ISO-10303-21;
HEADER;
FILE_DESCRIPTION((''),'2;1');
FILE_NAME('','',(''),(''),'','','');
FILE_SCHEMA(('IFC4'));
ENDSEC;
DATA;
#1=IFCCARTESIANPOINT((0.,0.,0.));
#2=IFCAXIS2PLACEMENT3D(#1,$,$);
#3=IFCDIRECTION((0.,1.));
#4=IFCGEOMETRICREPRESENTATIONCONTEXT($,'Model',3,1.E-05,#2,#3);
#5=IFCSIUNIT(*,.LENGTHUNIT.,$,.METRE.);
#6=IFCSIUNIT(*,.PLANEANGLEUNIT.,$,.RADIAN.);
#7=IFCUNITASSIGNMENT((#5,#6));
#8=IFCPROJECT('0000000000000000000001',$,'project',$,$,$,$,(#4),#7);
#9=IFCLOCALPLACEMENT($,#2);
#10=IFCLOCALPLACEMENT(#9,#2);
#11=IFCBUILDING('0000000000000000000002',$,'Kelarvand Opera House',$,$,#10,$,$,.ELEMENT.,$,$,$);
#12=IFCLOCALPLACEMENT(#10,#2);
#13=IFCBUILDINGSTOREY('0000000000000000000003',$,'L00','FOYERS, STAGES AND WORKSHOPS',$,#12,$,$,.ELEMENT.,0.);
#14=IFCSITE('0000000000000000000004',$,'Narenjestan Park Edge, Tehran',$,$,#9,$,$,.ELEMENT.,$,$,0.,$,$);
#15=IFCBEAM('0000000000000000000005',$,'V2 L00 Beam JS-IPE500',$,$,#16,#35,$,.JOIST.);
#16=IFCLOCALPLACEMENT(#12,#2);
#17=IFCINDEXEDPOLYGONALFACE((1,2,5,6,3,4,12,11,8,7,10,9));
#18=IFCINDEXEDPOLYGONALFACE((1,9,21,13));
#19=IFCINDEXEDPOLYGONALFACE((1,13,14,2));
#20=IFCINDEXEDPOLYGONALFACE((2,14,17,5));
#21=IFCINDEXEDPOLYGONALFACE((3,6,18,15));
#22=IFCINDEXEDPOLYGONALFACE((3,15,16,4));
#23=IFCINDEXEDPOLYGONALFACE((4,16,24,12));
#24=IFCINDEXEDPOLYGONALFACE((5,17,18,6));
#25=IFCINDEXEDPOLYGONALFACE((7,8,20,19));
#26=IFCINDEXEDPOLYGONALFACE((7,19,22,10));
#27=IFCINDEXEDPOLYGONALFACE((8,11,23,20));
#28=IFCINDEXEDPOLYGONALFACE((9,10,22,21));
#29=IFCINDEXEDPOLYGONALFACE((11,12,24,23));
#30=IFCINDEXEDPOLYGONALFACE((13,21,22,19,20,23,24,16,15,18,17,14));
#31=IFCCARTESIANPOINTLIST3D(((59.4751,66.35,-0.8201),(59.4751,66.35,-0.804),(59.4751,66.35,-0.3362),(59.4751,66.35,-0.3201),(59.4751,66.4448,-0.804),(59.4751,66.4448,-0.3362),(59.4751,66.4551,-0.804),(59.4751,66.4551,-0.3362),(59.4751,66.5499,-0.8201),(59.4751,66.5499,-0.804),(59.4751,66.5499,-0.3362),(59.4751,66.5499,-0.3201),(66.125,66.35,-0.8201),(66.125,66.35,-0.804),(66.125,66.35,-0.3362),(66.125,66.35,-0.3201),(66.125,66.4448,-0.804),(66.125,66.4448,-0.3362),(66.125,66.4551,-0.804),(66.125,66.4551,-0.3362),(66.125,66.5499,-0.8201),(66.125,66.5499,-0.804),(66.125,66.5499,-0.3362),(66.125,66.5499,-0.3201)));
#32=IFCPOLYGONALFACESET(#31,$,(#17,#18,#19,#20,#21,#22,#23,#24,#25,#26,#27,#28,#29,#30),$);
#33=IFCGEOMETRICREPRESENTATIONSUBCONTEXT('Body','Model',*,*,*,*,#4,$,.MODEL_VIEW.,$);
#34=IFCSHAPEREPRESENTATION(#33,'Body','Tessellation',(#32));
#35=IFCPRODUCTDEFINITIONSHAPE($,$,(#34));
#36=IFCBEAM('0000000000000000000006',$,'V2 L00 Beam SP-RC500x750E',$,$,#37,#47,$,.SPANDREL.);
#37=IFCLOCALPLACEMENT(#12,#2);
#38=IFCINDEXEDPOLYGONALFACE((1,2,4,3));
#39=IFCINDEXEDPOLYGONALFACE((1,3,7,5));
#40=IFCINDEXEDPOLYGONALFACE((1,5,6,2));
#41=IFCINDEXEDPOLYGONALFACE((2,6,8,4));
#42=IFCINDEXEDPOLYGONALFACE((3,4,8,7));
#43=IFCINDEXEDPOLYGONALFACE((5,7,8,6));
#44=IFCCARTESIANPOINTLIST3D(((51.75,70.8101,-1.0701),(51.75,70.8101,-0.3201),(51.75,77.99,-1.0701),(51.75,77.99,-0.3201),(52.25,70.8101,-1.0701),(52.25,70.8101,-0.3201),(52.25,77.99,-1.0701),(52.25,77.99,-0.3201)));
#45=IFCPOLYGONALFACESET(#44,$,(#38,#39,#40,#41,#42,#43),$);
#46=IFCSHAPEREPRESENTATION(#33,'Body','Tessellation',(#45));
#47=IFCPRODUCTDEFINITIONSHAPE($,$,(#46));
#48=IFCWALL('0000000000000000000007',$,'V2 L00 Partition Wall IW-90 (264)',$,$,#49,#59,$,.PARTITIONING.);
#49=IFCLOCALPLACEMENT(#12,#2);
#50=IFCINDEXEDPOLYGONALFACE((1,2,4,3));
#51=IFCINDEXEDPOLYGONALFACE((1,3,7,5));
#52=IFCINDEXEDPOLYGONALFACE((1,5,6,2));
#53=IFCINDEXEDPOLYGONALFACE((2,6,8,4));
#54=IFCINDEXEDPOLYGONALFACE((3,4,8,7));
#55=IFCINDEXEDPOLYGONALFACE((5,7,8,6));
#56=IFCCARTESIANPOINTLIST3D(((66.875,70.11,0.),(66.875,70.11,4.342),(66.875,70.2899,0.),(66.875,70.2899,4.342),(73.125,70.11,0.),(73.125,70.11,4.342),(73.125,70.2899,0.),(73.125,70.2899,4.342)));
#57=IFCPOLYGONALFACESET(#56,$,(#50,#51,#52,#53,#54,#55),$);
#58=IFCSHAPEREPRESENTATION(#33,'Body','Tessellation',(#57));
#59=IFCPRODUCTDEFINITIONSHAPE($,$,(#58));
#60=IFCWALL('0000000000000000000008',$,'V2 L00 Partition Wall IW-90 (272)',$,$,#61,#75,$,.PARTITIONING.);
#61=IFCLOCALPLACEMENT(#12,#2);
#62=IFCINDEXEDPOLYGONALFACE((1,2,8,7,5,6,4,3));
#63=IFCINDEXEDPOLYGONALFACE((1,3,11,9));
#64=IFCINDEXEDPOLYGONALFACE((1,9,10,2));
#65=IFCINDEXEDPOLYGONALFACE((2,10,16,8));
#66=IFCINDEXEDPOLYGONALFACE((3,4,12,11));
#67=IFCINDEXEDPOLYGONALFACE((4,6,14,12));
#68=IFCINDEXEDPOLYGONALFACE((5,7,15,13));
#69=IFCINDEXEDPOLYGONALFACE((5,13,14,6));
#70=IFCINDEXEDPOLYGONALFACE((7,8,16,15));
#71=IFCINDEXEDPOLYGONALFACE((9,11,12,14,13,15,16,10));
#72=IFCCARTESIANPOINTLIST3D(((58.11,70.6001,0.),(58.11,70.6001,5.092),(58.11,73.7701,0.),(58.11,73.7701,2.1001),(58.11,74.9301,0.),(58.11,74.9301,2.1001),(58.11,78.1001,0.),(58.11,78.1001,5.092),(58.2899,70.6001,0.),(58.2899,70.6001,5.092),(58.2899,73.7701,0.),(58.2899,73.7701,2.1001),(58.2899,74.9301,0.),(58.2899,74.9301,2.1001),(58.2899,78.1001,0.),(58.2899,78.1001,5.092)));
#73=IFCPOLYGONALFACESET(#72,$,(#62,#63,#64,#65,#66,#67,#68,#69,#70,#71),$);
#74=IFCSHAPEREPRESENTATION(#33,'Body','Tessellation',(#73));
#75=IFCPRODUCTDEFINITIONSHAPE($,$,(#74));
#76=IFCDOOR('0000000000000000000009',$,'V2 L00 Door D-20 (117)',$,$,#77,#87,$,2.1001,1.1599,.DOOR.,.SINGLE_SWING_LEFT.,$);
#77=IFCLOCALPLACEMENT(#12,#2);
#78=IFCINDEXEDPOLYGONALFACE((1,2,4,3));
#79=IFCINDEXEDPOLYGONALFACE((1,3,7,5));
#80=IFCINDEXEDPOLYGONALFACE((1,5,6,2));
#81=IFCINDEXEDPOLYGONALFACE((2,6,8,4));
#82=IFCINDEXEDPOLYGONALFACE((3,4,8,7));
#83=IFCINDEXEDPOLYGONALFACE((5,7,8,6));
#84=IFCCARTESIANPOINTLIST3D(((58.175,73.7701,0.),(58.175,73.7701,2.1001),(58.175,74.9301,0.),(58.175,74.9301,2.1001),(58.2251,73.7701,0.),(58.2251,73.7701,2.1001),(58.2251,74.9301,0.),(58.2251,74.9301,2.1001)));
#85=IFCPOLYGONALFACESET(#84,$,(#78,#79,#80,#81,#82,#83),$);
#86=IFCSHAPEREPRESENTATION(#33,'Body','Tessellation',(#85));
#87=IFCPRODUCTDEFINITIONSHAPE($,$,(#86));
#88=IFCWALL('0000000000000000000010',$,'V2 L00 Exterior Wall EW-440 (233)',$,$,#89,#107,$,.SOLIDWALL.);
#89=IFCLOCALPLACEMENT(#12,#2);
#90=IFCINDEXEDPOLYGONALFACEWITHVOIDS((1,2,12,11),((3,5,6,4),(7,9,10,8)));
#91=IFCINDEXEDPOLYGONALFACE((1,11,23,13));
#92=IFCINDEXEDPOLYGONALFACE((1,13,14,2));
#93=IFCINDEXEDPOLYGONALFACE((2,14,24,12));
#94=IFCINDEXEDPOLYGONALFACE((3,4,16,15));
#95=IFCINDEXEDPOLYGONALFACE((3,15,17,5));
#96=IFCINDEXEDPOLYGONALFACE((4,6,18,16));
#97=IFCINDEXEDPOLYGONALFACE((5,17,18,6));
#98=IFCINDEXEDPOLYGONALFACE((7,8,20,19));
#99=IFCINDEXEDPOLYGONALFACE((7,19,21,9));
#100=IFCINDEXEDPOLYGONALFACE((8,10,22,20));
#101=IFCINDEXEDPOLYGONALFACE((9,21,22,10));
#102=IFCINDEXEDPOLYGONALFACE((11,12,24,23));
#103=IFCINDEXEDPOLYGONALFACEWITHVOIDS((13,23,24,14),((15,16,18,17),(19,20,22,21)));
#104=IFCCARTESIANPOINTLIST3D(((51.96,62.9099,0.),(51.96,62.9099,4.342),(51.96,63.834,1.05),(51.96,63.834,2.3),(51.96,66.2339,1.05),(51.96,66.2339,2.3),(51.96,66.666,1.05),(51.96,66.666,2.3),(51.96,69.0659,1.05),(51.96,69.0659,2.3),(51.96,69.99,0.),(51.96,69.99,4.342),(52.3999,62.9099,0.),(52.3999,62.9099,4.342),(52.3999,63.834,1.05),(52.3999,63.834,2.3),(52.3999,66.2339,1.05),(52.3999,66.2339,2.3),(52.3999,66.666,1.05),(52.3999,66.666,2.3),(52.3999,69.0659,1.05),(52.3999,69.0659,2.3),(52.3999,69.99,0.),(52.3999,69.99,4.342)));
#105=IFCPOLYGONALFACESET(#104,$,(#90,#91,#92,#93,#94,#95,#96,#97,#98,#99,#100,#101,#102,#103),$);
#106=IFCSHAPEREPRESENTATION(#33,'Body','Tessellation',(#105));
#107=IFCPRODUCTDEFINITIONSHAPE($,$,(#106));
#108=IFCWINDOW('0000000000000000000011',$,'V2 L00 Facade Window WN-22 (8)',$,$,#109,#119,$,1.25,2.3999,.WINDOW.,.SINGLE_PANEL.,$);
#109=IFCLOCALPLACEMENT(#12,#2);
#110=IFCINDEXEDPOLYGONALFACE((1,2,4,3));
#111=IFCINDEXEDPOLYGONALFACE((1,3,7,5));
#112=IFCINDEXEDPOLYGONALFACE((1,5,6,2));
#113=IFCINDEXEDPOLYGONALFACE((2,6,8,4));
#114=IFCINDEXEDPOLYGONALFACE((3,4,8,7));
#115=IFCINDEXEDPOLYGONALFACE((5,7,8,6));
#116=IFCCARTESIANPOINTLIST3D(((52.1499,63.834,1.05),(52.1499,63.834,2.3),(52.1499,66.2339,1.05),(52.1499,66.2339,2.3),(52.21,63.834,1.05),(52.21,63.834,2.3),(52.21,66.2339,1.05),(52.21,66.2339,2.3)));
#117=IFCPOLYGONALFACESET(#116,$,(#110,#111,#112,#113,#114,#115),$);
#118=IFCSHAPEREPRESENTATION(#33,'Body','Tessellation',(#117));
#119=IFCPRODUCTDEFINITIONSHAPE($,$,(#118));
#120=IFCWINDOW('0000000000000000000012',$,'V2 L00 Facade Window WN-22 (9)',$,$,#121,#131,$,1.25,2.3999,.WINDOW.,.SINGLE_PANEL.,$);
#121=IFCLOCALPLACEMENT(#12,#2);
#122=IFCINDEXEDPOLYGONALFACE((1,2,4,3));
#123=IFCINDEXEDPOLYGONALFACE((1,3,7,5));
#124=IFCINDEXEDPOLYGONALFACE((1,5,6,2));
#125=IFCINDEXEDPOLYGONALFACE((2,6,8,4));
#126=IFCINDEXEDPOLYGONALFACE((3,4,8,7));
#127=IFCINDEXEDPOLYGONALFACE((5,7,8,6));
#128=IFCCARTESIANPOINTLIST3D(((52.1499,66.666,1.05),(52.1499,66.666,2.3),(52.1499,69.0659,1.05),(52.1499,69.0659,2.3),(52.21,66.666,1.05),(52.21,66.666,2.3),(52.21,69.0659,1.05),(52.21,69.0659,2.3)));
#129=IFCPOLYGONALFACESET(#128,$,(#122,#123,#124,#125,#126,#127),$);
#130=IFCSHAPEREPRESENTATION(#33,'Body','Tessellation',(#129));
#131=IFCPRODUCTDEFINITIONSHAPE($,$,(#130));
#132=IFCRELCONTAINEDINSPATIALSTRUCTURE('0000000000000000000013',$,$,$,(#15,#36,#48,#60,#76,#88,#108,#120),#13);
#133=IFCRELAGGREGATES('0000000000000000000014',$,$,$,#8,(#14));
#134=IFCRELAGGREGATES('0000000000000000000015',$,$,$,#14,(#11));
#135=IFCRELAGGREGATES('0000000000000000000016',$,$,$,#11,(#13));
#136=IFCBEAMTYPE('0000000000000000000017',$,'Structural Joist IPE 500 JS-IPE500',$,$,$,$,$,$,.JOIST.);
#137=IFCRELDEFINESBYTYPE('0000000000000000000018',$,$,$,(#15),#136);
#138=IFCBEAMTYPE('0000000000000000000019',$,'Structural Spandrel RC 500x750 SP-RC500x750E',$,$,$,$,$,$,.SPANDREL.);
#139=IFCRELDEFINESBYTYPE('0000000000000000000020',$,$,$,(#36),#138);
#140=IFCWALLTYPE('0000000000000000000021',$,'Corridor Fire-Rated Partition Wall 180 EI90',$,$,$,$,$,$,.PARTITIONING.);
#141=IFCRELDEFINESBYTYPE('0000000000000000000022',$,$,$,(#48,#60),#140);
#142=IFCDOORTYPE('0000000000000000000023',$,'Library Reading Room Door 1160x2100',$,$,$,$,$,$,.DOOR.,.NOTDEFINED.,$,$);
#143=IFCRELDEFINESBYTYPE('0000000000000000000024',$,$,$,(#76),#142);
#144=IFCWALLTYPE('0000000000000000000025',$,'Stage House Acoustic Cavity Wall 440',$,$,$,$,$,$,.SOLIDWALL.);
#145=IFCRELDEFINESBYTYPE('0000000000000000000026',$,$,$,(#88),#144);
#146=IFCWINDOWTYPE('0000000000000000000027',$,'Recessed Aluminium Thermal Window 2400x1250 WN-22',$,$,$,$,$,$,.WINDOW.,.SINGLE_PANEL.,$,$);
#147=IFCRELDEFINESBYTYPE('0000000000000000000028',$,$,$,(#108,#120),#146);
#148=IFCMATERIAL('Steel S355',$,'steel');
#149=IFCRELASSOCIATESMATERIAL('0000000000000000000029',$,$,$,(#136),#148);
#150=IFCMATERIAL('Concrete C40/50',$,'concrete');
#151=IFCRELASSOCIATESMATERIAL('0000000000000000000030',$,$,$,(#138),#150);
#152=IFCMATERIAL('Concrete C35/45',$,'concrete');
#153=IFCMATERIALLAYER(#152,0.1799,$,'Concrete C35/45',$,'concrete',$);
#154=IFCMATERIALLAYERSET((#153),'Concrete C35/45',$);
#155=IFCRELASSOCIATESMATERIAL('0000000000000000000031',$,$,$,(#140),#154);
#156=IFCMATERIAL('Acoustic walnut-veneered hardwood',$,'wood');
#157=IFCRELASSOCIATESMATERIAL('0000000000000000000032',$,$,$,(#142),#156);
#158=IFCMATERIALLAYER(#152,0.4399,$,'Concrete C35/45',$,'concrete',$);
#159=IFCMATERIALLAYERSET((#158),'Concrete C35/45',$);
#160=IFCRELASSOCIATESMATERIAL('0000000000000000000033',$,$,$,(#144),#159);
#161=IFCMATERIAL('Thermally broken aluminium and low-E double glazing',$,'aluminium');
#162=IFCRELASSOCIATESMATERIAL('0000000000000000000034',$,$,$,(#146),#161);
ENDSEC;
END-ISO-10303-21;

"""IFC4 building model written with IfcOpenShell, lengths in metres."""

from ifc_helpers import new_model, si_unit, direction, frame, frame_2d, origin, origin_2d, place, context, subcontext, project, spatial, rectangle, i_section, extrude, material, layer, layer_set, material_profile, profile_set, type_object, element, fill, save


model = new_model("IFC4")

# Units and contexts
model_context = context("Model", 3, precision=1e-05, world=origin(), true_north=direction((0.0, 1.0)))
body_context = subcontext(model_context, "Body", "Model", "MODEL_VIEW")
ifc_project = project(units=[si_unit("LENGTHUNIT", "METRE"), si_unit("PLANEANGLEUNIT", "RADIAN")], contexts=[model_context])

# Site, building, storey
site_placement = place(None, origin())
site = spatial("IfcSite", under=ifc_project, at=site_placement, Name="Narenjestan Park Edge, Tehran", CompositionType="ELEMENT", RefElevation=0.0)
building_placement = place(site_placement, origin())
building = spatial("IfcBuilding", under=site, at=building_placement, Name="Kelarvand Opera House", CompositionType="ELEMENT")
storey_placement = place(building_placement, origin())
storey = spatial("IfcBuildingStorey", under=building, at=storey_placement, Name="L00", Description="FOYERS, STAGES AND WORKSHOPS", CompositionType="ELEMENT", Elevation=0.0)

# Shared definitions
ifc_material_1 = material(Name="Concrete C40/50", Category="concrete")

# Beams
ifc_material_2 = material(Name="Steel S355", Category="steel")
ifc_material_profile_1 = material_profile(ifc_material_2, i_section(OverallWidth=0.2, OverallDepth=0.5, WebThickness=0.0103, FlangeThickness=0.0161, at=origin_2d()), Name="IPE 500", Category="steel")
ifc_profile_set_1 = profile_set([ifc_material_profile_1], Name="Steel S355")
beam_type_1 = type_object("IfcBeamType", Name="Structural Joist IPE 500 JS-IPE500", PredefinedType="JOIST", material=ifc_profile_set_1)
beam_1_placement = place(storey_placement, frame((59.4751, 66.45, -0.5701), z_axis=(1.0, 0.0, 0.0), x_axis=(0.0, 1.0, 0.0)))
element("IfcBeam", 1, at=beam_1_placement, inside=storey, type_object=beam_type_1, Name="V2 L00 Beam JS-IPE500", PredefinedType="JOIST", context=body_context, shape_type="SweptSolid", body=[
    extrude(i_section(OverallWidth=0.2, OverallDepth=0.5, WebThickness=0.0103, FlangeThickness=0.0161, at=origin_2d()), origin(), (0.0, 0.0, 1.0), 6.6499),
])
ifc_material_profile_2 = material_profile(ifc_material_1, rectangle(XDim=0.5, YDim=0.75, at=origin_2d()), Name="RC 500x750", Category="concrete")
ifc_profile_set_2 = profile_set([ifc_material_profile_2], Name="Concrete C40/50")
beam_type_2 = type_object("IfcBeamType", Name="Structural Spandrel RC 500x750 SP-RC500x750E", PredefinedType="SPANDREL", material=ifc_profile_set_2)
beam_2_placement = place(storey_placement, frame((52.0, 70.8101, -0.6951), z_axis=(0.0, 1.0, 0.0), x_axis=(-1.0, 0.0, 0.0)))
element("IfcBeam", 2, at=beam_2_placement, inside=storey, type_object=beam_type_2, Name="V2 L00 Beam SP-RC500x750E", PredefinedType="SPANDREL", context=body_context, shape_type="SweptSolid", body=[
    extrude(rectangle(XDim=0.5, YDim=0.75, at=origin_2d()), origin(), (0.0, 0.0, 1.0), 7.1799),
])

# Wall
ifc_material_3 = material(Name="Concrete C35/45", Category="concrete")
ifc_layer_1 = layer(ifc_material_3, 0.1799, Name="Concrete C35/45", Category="concrete")
ifc_layer_set_1 = layer_set([ifc_layer_1], Name="Concrete C35/45")
wall_type_1 = type_object("IfcWallType", Name="Corridor Fire-Rated Partition Wall 180 EI90", PredefinedType="PARTITIONING", material=ifc_layer_set_1)
wall_1_placement = place(storey_placement, frame((66.875, 70.2, 0.0), z_axis=(0.0, 0.0, 1.0), x_axis=(1.0, 0.0, 0.0)))
element("IfcWall", 3, at=wall_1_placement, inside=storey, type_object=wall_type_1, Name="V2 L00 Partition Wall IW-90 (264)", PredefinedType="PARTITIONING", context=body_context, shape_type="SweptSolid", body=[
    extrude(rectangle(XDim=6.25, YDim=0.1799, at=frame_2d((3.125, 0.0))), origin(), (0.0, 0.0, 1.0), 4.342),
])

# Wall, opening, door
wall_2_placement = place(storey_placement, frame((58.2, 70.6001, 0.0), z_axis=(0.0, 0.0, 1.0), x_axis=(0.0, 1.0, 0.0)))
wall_2 = element("IfcWall", 4, at=wall_2_placement, inside=storey, type_object=wall_type_1, Name="V2 L00 Partition Wall IW-90 (272)", PredefinedType="PARTITIONING", context=body_context, shape_type="SweptSolid", body=[
    extrude(rectangle(XDim=7.5, YDim=0.1799, at=frame_2d((3.75, 0.0))), origin(), (0.0, 0.0, 1.0), 5.092),
])
opening_1_placement = place(wall_2_placement, frame((3.1699, 0.0, 0.0)))
opening_1 = element("IfcOpeningElement", 5, at=opening_1_placement, cuts=wall_2, PredefinedType="OPENING", context=body_context, shape_type="SweptSolid", body=[
    extrude(rectangle(XDim=1.1599, YDim=2.1001, at=frame_2d((0.5801, 1.05))), frame((0.0, 0.1001, 0.0), z_axis=(0.0, -1.0, 0.0), x_axis=(1.0, 0.0, 0.0)), (0.0, 0.0, 1.0), 0.2),
])
ifc_material_4 = material(Name="Acoustic walnut-veneered hardwood", Category="wood")
door_type = type_object("IfcDoorType", Name="Library Reading Room Door 1160x2100", OperationType="NOTDEFINED", PredefinedType="DOOR", material=ifc_material_4)
door_placement = place(opening_1_placement, origin())
door = element("IfcDoor", 6, at=door_placement, inside=storey, type_object=door_type, Name="V2 L00 Door D-20 (117)", OperationType="SINGLE_SWING_LEFT", OverallHeight=2.1001, OverallWidth=1.1599, PredefinedType="DOOR", context=body_context, shape_type="SweptSolid", body=[
    extrude(rectangle(XDim=1.1599, YDim=2.1001, at=frame_2d((0.5801, 1.05))), frame((0.0, 0.0249, 0.0), z_axis=(0.0, -1.0, 0.0), x_axis=(1.0, 0.0, 0.0)), (0.0, 0.0, 1.0), 0.05),
])
fill(opening_1, door)

# Wall, openings, windows
ifc_layer_2 = layer(ifc_material_3, 0.4399, Name="Concrete C35/45", Category="concrete")
ifc_layer_set_2 = layer_set([ifc_layer_2], Name="Concrete C35/45")
wall_type_2 = type_object("IfcWallType", Name="Stage House Acoustic Cavity Wall 440", PredefinedType="SOLIDWALL", material=ifc_layer_set_2)
wall_3_placement = place(storey_placement, frame((52.1799, 62.9099, 0.0), z_axis=(0.0, 0.0, 1.0), x_axis=(0.0, 1.0, 0.0)))
wall_3 = element("IfcWall", 7, at=wall_3_placement, inside=storey, type_object=wall_type_2, Name="V2 L00 Exterior Wall EW-440 (233)", PredefinedType="SOLIDWALL", context=body_context, shape_type="SweptSolid", body=[
    extrude(rectangle(XDim=7.0801, YDim=0.4399, at=frame_2d((3.54, 0.0))), origin(), (0.0, 0.0, 1.0), 4.342),
])
opening_2_placement = place(wall_3_placement, frame((0.9241, 0.0, 1.05)))
opening_2 = element("IfcOpeningElement", 8, at=opening_2_placement, cuts=wall_3, PredefinedType="OPENING", context=body_context, shape_type="SweptSolid", body=[
    extrude(rectangle(XDim=2.3999, YDim=1.25, at=frame_2d((1.2, 0.625))), frame((0.0, 0.23, 0.0), z_axis=(0.0, -1.0, 0.0), x_axis=(1.0, 0.0, 0.0)), (0.0, 0.0, 1.0), 0.46),
])
opening_3_placement = place(wall_3_placement, frame((3.7561, 0.0, 1.05)))
opening_3 = element("IfcOpeningElement", 9, at=opening_3_placement, cuts=wall_3, PredefinedType="OPENING", context=body_context, shape_type="SweptSolid", body=[
    extrude(rectangle(XDim=2.3999, YDim=1.25, at=frame_2d((1.2, 0.625))), frame((0.0, 0.23, 0.0), z_axis=(0.0, -1.0, 0.0), x_axis=(1.0, 0.0, 0.0)), (0.0, 0.0, 1.0), 0.46),
])
ifc_material_5 = material(Name="Thermally broken aluminium and low-E double glazing", Category="aluminium")
window_type = type_object("IfcWindowType", Name="Recessed Aluminium Thermal Window 2400x1250 WN-22", PartitioningType="SINGLE_PANEL", PredefinedType="WINDOW", material=ifc_material_5)
window_1_placement = place(opening_2_placement, origin())
window_1 = element("IfcWindow", 10, at=window_1_placement, inside=storey, type_object=window_type, Name="V2 L00 Facade Window WN-22 (8)", OverallHeight=1.25, OverallWidth=2.3999, PartitioningType="SINGLE_PANEL", PredefinedType="WINDOW", context=body_context, shape_type="SweptSolid", body=[
    extrude(rectangle(XDim=2.3999, YDim=1.25, at=frame_2d((1.2, 0.625))), frame((0.0, 0.03, 0.0), z_axis=(0.0, -1.0, 0.0), x_axis=(1.0, 0.0, 0.0)), (0.0, 0.0, 1.0), 0.0601),
])
fill(opening_2, window_1)
window_2_placement = place(opening_3_placement, origin())
window_2 = element("IfcWindow", 11, at=window_2_placement, inside=storey, type_object=window_type, Name="V2 L00 Facade Window WN-22 (9)", OverallHeight=1.25, OverallWidth=2.3999, PartitioningType="SINGLE_PANEL", PredefinedType="WINDOW", context=body_context, shape_type="SweptSolid", body=[
    extrude(rectangle(XDim=2.3999, YDim=1.25, at=frame_2d((1.2, 0.625))), frame((0.0, 0.03, 0.0), z_axis=(0.0, -1.0, 0.0), x_axis=(1.0, 0.0, 0.0)), (0.0, 0.0, 1.0), 0.0601),
])
fill(opening_3, window_2)

save(model, "model.ifc")
